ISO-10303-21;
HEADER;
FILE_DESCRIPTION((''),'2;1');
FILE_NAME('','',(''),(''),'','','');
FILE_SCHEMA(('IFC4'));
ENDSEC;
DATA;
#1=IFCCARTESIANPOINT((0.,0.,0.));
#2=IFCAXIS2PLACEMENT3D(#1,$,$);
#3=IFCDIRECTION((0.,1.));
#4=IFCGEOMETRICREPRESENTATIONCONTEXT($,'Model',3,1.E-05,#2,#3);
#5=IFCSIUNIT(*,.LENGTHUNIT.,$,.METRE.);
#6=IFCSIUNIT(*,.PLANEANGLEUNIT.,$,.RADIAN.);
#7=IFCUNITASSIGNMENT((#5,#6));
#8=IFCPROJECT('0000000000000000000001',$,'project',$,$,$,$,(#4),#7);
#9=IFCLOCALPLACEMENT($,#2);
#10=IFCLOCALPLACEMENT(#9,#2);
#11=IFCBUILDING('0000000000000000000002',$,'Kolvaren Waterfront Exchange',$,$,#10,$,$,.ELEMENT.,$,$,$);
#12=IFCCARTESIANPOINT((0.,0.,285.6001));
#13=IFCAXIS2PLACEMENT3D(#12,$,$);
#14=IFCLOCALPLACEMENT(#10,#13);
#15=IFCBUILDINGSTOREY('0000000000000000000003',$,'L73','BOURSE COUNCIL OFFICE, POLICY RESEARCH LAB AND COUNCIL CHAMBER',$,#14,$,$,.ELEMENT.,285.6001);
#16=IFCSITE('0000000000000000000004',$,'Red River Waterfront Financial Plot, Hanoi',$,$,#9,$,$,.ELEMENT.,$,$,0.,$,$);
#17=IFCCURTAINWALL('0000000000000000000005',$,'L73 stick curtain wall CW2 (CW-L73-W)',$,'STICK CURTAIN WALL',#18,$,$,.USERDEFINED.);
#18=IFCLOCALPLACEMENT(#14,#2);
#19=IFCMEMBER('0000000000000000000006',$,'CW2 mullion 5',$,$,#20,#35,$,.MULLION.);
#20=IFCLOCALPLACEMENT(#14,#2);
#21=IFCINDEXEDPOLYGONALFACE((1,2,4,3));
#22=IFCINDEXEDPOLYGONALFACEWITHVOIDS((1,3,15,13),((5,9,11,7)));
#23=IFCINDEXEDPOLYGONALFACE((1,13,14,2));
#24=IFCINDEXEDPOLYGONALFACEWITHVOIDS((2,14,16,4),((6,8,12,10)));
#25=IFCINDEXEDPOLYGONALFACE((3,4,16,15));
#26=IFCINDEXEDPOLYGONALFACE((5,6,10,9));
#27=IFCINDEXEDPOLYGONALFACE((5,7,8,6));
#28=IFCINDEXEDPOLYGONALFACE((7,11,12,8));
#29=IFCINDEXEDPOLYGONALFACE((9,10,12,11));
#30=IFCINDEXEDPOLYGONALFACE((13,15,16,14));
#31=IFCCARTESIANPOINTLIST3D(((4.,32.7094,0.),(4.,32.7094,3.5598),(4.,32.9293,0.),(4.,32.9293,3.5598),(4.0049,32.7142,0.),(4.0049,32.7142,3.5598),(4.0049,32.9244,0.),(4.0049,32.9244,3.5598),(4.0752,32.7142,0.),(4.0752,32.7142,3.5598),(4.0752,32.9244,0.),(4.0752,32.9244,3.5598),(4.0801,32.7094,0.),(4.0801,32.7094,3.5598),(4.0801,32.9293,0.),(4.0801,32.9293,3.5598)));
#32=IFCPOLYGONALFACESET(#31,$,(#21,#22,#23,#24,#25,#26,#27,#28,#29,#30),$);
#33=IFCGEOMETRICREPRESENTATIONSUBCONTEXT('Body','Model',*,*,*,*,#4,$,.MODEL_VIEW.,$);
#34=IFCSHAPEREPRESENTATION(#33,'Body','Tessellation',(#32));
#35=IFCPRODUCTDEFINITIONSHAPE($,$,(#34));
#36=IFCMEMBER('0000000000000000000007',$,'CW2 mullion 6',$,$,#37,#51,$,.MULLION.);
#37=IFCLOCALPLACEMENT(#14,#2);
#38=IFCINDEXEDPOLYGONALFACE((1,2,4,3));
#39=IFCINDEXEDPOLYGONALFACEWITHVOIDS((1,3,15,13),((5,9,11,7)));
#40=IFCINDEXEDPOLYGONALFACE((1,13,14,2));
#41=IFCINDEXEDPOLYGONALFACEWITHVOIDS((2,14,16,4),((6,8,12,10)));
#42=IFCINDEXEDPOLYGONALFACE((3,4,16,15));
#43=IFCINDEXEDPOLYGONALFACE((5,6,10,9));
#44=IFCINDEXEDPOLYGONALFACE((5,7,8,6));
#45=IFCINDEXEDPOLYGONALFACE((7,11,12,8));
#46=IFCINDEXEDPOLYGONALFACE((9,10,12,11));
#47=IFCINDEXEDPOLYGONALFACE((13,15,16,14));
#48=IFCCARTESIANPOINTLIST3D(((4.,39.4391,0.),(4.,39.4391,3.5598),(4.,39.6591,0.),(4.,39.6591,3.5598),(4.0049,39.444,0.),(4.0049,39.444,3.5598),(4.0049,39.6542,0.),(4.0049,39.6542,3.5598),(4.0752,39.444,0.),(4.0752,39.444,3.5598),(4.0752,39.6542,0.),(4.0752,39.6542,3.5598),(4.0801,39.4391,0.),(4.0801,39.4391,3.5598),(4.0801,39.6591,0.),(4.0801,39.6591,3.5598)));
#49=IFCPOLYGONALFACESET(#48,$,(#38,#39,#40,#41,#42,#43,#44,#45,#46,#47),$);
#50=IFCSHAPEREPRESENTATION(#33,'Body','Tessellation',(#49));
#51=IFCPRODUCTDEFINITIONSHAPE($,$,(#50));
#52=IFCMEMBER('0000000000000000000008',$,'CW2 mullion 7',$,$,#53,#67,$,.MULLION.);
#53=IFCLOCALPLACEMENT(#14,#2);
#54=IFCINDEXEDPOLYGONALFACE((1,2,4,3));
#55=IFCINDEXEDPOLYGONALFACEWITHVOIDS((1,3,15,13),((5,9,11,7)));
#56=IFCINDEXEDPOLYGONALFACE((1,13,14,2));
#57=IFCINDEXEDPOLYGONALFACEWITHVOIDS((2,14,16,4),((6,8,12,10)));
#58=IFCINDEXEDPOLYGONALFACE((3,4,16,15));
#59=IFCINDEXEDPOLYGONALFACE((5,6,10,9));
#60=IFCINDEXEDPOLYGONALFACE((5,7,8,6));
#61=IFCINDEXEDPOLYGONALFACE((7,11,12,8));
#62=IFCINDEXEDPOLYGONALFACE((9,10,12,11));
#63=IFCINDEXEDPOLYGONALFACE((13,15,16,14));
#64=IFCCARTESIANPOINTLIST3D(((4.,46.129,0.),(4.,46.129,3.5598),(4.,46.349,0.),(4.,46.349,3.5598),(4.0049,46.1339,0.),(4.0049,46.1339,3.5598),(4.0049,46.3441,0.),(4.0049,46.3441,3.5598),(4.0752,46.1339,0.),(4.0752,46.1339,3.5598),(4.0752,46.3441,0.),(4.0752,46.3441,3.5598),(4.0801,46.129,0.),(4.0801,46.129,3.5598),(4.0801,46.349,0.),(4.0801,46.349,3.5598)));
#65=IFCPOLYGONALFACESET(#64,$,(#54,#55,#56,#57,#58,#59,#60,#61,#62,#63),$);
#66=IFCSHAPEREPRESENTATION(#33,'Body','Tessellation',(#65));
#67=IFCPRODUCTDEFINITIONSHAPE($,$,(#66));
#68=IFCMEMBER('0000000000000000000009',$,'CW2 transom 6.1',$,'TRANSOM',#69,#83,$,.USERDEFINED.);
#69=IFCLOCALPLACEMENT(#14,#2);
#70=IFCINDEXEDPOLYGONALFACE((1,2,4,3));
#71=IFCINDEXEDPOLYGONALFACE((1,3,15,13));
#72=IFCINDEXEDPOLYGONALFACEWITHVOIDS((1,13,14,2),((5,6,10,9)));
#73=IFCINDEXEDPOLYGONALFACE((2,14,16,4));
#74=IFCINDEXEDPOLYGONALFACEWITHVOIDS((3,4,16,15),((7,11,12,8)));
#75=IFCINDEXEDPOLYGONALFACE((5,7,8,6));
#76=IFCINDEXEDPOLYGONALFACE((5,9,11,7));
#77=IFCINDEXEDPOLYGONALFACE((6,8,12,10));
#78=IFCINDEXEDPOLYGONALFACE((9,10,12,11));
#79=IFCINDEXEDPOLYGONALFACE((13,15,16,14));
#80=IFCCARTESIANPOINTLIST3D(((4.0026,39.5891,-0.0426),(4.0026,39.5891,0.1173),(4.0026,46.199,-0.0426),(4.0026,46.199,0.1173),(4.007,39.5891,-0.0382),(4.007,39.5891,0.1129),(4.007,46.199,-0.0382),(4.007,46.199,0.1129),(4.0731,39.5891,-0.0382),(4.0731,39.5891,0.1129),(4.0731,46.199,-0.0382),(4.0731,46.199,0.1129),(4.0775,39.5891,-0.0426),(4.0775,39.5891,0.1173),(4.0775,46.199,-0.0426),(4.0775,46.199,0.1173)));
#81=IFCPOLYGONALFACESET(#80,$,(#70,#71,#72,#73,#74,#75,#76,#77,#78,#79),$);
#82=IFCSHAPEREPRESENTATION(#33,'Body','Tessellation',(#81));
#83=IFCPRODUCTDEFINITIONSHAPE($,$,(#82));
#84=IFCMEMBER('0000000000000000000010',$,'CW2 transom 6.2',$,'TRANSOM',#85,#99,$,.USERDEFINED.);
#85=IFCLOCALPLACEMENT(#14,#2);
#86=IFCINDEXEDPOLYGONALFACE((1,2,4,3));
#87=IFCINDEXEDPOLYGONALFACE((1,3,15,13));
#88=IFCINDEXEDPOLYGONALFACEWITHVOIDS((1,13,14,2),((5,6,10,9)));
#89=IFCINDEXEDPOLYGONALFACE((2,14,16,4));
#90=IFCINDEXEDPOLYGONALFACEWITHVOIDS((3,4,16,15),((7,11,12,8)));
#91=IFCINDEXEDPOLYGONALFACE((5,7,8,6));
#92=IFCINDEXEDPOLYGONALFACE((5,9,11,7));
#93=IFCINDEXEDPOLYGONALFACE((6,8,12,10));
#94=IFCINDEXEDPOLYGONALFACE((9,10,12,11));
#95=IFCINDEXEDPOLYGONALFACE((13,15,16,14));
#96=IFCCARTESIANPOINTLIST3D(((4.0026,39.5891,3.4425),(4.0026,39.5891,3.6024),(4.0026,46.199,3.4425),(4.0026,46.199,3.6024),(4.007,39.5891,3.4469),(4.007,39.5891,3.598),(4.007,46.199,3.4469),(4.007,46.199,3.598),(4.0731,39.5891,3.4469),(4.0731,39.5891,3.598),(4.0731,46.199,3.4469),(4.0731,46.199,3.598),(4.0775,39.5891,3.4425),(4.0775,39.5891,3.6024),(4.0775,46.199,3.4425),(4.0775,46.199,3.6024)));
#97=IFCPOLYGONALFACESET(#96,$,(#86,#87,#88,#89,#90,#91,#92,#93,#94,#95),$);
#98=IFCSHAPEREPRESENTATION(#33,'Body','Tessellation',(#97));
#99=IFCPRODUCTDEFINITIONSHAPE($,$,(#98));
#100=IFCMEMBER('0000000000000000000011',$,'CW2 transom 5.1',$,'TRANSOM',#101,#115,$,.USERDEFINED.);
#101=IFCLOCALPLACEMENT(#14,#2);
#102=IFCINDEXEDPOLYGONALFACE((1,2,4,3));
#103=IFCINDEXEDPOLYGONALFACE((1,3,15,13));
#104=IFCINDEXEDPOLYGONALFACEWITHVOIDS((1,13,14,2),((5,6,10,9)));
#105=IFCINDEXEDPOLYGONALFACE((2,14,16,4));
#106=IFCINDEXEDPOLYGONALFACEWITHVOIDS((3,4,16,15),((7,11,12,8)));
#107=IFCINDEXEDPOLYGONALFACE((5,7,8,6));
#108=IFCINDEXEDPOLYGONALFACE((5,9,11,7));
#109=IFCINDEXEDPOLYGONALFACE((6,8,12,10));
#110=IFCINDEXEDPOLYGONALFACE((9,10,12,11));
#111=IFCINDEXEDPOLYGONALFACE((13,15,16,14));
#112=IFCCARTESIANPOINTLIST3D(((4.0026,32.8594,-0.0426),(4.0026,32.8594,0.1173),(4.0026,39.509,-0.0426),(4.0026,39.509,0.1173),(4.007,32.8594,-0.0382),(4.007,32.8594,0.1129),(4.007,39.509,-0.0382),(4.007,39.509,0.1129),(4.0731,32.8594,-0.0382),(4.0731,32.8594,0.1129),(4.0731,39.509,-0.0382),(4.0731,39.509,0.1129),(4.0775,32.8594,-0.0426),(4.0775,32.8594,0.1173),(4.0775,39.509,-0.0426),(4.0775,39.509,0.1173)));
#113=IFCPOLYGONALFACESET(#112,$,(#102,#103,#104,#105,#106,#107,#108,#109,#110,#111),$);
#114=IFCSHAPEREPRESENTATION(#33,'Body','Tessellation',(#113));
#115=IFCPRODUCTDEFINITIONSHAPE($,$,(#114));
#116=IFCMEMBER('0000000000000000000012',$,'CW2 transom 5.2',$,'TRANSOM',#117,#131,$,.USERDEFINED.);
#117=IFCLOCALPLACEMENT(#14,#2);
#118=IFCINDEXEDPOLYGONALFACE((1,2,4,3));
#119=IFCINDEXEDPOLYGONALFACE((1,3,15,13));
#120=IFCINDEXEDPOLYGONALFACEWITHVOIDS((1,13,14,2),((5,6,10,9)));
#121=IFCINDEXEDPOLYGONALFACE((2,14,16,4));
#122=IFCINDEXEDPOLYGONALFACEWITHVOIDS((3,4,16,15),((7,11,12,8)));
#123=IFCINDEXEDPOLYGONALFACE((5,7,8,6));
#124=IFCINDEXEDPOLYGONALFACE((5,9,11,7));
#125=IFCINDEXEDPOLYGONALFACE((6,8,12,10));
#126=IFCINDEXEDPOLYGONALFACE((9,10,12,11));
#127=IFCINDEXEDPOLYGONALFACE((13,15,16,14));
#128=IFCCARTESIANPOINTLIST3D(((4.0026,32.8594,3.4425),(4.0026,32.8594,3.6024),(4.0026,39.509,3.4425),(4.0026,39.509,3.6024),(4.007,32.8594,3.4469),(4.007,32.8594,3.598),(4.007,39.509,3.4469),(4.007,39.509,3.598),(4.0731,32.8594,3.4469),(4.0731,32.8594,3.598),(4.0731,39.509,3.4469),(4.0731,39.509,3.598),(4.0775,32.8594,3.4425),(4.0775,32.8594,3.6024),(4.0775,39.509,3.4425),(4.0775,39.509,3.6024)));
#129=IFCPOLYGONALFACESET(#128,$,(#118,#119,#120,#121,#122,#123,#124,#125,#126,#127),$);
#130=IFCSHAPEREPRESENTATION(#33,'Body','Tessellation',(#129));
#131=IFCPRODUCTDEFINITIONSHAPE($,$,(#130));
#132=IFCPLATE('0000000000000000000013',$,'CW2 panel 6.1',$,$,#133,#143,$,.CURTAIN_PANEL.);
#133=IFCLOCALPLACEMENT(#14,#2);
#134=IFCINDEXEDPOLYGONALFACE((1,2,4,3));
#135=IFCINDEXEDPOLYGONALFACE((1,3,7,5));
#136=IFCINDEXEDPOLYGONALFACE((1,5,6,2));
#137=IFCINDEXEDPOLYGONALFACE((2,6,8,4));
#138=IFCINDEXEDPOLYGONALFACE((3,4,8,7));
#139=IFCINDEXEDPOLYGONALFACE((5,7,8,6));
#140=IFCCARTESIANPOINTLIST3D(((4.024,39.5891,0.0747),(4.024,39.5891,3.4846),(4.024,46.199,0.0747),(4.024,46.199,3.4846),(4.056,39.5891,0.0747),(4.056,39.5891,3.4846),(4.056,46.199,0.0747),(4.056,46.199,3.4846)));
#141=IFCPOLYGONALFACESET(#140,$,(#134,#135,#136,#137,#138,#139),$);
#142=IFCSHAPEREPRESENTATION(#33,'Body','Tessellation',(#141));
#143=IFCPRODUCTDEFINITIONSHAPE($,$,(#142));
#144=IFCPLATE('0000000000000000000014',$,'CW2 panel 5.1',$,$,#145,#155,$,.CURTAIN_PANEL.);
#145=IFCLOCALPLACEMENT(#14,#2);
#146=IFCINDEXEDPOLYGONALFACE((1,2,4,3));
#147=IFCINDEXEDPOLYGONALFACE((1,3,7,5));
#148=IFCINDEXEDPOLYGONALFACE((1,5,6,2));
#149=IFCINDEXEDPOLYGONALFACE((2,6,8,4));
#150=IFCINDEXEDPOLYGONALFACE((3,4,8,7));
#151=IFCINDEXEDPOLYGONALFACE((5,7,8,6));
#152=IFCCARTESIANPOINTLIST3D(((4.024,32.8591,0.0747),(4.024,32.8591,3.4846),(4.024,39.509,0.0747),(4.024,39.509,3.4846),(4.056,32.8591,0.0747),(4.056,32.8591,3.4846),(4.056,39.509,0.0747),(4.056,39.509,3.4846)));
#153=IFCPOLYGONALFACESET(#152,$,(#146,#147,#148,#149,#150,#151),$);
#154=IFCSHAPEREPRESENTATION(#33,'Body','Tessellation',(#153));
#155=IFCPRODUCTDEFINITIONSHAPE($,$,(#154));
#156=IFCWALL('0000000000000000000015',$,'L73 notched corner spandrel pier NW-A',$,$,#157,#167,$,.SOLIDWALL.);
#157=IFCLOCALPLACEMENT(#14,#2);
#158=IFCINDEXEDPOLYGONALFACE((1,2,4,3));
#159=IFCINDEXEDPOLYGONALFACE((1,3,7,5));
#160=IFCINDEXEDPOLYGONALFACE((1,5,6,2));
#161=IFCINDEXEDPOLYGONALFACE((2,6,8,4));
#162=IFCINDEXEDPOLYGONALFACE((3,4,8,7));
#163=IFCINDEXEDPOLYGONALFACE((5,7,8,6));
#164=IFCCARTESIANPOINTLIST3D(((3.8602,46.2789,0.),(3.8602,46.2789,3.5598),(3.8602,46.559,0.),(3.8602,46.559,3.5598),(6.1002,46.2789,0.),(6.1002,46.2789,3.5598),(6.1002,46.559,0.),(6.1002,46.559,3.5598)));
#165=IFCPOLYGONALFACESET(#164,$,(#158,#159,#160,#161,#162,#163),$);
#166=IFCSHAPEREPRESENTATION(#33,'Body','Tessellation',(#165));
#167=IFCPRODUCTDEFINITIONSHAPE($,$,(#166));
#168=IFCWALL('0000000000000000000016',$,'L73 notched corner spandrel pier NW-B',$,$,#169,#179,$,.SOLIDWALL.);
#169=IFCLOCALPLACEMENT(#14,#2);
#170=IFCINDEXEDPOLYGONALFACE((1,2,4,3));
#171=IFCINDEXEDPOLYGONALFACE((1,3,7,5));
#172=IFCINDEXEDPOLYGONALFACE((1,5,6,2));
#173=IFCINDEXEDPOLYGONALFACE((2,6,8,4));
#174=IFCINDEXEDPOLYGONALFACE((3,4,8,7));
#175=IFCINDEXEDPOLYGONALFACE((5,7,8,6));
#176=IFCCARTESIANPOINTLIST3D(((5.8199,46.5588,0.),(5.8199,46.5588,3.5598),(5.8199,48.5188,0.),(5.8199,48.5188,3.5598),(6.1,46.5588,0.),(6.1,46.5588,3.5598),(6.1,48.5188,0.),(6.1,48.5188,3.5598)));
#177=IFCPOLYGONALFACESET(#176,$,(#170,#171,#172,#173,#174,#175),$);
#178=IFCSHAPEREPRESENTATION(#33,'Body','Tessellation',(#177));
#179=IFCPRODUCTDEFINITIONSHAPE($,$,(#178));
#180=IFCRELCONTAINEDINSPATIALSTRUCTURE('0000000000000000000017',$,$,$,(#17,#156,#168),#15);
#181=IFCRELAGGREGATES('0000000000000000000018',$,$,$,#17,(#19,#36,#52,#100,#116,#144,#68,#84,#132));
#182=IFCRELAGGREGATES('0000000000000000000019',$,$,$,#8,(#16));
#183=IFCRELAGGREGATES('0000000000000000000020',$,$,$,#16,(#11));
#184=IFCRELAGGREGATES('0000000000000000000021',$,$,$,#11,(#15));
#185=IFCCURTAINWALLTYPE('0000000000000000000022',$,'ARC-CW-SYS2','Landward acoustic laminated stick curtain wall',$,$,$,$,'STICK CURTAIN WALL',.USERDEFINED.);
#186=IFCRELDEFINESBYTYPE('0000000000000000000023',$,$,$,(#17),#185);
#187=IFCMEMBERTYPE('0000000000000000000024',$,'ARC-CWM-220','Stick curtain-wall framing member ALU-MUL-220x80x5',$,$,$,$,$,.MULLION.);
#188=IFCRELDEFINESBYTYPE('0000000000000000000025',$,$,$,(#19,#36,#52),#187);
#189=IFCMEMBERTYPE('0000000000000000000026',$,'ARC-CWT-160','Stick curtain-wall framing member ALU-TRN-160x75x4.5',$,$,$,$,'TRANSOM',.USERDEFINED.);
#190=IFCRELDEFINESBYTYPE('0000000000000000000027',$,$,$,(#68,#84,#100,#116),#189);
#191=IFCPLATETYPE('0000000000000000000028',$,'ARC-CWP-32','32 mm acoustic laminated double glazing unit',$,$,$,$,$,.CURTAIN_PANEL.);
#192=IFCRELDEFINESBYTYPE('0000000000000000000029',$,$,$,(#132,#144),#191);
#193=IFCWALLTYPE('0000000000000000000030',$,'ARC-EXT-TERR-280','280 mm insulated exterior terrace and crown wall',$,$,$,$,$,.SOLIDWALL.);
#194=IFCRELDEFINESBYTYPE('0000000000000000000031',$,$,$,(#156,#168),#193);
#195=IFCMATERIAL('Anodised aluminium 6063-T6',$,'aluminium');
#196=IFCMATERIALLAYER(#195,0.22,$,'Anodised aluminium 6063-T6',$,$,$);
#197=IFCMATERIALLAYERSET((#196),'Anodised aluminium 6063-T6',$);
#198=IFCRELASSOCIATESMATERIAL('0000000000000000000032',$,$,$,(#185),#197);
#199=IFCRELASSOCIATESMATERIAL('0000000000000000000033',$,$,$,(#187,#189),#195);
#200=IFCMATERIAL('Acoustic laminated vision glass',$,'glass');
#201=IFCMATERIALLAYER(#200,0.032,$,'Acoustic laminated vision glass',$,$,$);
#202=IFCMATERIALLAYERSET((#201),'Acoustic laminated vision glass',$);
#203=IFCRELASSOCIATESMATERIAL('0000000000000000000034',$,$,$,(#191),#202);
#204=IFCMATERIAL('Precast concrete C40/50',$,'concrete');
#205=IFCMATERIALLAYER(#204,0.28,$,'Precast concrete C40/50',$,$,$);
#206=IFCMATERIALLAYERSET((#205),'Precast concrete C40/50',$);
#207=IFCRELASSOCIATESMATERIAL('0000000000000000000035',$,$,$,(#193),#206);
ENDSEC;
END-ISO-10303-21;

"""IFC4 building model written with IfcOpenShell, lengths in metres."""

from ifc_helpers import new_model, si_unit, direction, frame, frame_2d, origin, origin_with_axes, origin_2d, place, context, subcontext, project, spatial, rectangle, hollow_rectangle, extrude, source, transform, mapped, material, layer, layer_set, material_profile, profile_set, type_object, element, aggregate, save


model = new_model("IFC4")

# Units and contexts
model_context = context("Model", 3, precision=1e-05, world=origin(), true_north=direction((0.0, 1.0)))
body_context = subcontext(model_context, "Body", "Model", "MODEL_VIEW")
ifc_project = project(units=[si_unit("LENGTHUNIT", "METRE"), si_unit("PLANEANGLEUNIT", "RADIAN")], contexts=[model_context])

# Site, building, storey
site_placement = place(None, origin())
site = spatial("IfcSite", under=ifc_project, at=site_placement, Name="Red River Waterfront Financial Plot, Hanoi", CompositionType="ELEMENT", RefElevation=0.0)
building_placement = place(site_placement, origin())
building = spatial("IfcBuilding", under=site, at=building_placement, Name="Kolvaren Waterfront Exchange", CompositionType="ELEMENT")
storey_placement = place(building_placement, frame((0.0, 0.0, 285.6001)))
storey = spatial("IfcBuildingStorey", under=building, at=storey_placement, Name="L73", Description="BOURSE COUNCIL OFFICE, POLICY RESEARCH LAB AND COUNCIL CHAMBER", CompositionType="ELEMENT", Elevation=285.6001)

# Curtain wall, members, plates
ifc_material_1 = material(Name="Anodised aluminium 6063-T6", Category="aluminium")
ifc_layer_1 = layer(ifc_material_1, 0.22, Name="Anodised aluminium 6063-T6")
ifc_layer_set_1 = layer_set([ifc_layer_1], Name="Anodised aluminium 6063-T6")
curtain_wall_type = type_object("IfcCurtainWallType", Name="ARC-CW-SYS2", Description="Landward acoustic laminated stick curtain wall", ElementType="STICK CURTAIN WALL", PredefinedType="USERDEFINED", material=ifc_layer_set_1)
curtain_wall_placement = place(storey_placement, origin())
curtain_wall = element("IfcCurtainWall", 1, at=curtain_wall_placement, inside=storey, type_object=curtain_wall_type, Name="L73 stick curtain wall CW2 (CW-L73-W)", ObjectType="STICK CURTAIN WALL", PredefinedType="USERDEFINED")
ifc_material_profile_1 = material_profile(ifc_material_1, hollow_rectangle(XDim=0.0801, YDim=0.22, WallThickness=0.0049, at=origin_2d()), Name="ALU-MUL-220x80x5")
ifc_profile_set_1 = profile_set([ifc_material_profile_1], Name="Anodised aluminium 6063-T6")
member_type_1 = type_object("IfcMemberType", Name="ARC-CWM-220", Description="Stick curtain-wall framing member ALU-MUL-220x80x5", PredefinedType="MULLION", material=ifc_profile_set_1)
shared_shape_1 = source(origin_with_axes(), body_context, "Body", "SweptSolid", [
    extrude(hollow_rectangle(XDim=0.0801, YDim=0.22, WallThickness=0.0049, at=origin_2d()), origin(), (0.0, 0.0, 1.0), 3.5598),
])
member_1_placement = place(storey_placement, frame((4.04, 32.8193, 0.0), z_axis=(0.0, 0.0, 1.0), x_axis=(-1.0, 0.0, 0.0)))
member_1 = element("IfcMember", 2, at=member_1_placement, type_object=member_type_1, Name="CW2 mullion 5", PredefinedType="MULLION", context=body_context, shape_type="MappedRepresentation", body=[
    mapped(shared_shape_1, transform((0.0, 0.0, 0.0), x_axis=(1.0, 0.0, 0.0), y_axis=(0.0, 1.0, 0.0), z_axis=(0.0, 0.0, 1.0), scale=1.0)),
])
member_2_placement = place(storey_placement, frame((4.04, 39.5491, 0.0), z_axis=(0.0, 0.0, 1.0), x_axis=(-1.0, 0.0, 0.0)))
member_2 = element("IfcMember", 3, at=member_2_placement, type_object=member_type_1, Name="CW2 mullion 6", PredefinedType="MULLION", context=body_context, shape_type="MappedRepresentation", body=[
    mapped(shared_shape_1, transform((0.0, 0.0, 0.0), x_axis=(1.0, 0.0, 0.0), y_axis=(0.0, 1.0, 0.0), z_axis=(0.0, 0.0, 1.0), scale=1.0)),
])
member_3_placement = place(storey_placement, frame((4.04, 46.239, 0.0), z_axis=(0.0, 0.0, 1.0), x_axis=(-1.0, 0.0, 0.0)))
member_3 = element("IfcMember", 4, at=member_3_placement, type_object=member_type_1, Name="CW2 mullion 7", PredefinedType="MULLION", context=body_context, shape_type="MappedRepresentation", body=[
    mapped(shared_shape_1, transform((0.0, 0.0, 0.0), x_axis=(1.0, 0.0, 0.0), y_axis=(0.0, 1.0, 0.0), z_axis=(0.0, 0.0, 1.0), scale=1.0)),
])
ifc_material_profile_2 = material_profile(ifc_material_1, hollow_rectangle(XDim=0.075, YDim=0.1599, WallThickness=0.0044, at=origin_2d()), Name="ALU-TRN-160x75x4.5")
ifc_profile_set_2 = profile_set([ifc_material_profile_2], Name="Anodised aluminium 6063-T6")
member_type_2 = type_object("IfcMemberType", Name="ARC-CWT-160", Description="Stick curtain-wall framing member ALU-TRN-160x75x4.5", ElementType="TRANSOM", PredefinedType="USERDEFINED", material=ifc_profile_set_2)
shared_shape_2 = source(origin_with_axes(), body_context, "Body", "SweptSolid", [
    extrude(hollow_rectangle(XDim=0.075, YDim=0.1599, WallThickness=0.0044, at=origin_2d()), origin(), (0.0, 0.0, 1.0), 6.6099),
])
member_4_placement = place(storey_placement, frame((4.04, 39.5891, 0.0374), z_axis=(0.0, 1.0, 0.0), x_axis=(-1.0, 0.0, 0.0)))
member_4 = element("IfcMember", 5, at=member_4_placement, type_object=member_type_2, Name="CW2 transom 6.1", ObjectType="TRANSOM", PredefinedType="USERDEFINED", context=body_context, shape_type="MappedRepresentation", body=[
    mapped(shared_shape_2, transform((0.0, 0.0, 0.0), x_axis=(1.0, 0.0, 0.0), y_axis=(0.0, 1.0, 0.0), z_axis=(0.0, 0.0, 1.0), scale=1.0)),
])
member_5_placement = place(storey_placement, frame((4.04, 39.5891, 3.5225), z_axis=(0.0, 1.0, 0.0), x_axis=(-1.0, 0.0, 0.0)))
member_5 = element("IfcMember", 6, at=member_5_placement, type_object=member_type_2, Name="CW2 transom 6.2", ObjectType="TRANSOM", PredefinedType="USERDEFINED", context=body_context, shape_type="MappedRepresentation", body=[
    mapped(shared_shape_2, transform((0.0, 0.0, 0.0), x_axis=(1.0, 0.0, 0.0), y_axis=(0.0, 1.0, 0.0), z_axis=(0.0, 0.0, 1.0), scale=1.0)),
])
shared_shape_3 = source(origin_with_axes(), body_context, "Body", "SweptSolid", [
    extrude(hollow_rectangle(XDim=0.075, YDim=0.1599, WallThickness=0.0044, at=origin_2d()), origin(), (0.0, 0.0, 1.0), 6.6497),
])
member_6_placement = place(storey_placement, frame((4.04, 32.8594, 0.0374), z_axis=(0.0, 1.0, 0.0), x_axis=(-1.0, 0.0, 0.0)))
member_6 = element("IfcMember", 7, at=member_6_placement, type_object=member_type_2, Name="CW2 transom 5.1", ObjectType="TRANSOM", PredefinedType="USERDEFINED", context=body_context, shape_type="MappedRepresentation", body=[
    mapped(shared_shape_3, transform((0.0, 0.0, 0.0), x_axis=(1.0, 0.0, 0.0), y_axis=(0.0, 1.0, 0.0), z_axis=(0.0, 0.0, 1.0), scale=1.0)),
])
member_7_placement = place(storey_placement, frame((4.04, 32.8594, 3.5225), z_axis=(0.0, 1.0, 0.0), x_axis=(-1.0, 0.0, 0.0)))
member_7 = element("IfcMember", 8, at=member_7_placement, type_object=member_type_2, Name="CW2 transom 5.2", ObjectType="TRANSOM", PredefinedType="USERDEFINED", context=body_context, shape_type="MappedRepresentation", body=[
    mapped(shared_shape_3, transform((0.0, 0.0, 0.0), x_axis=(1.0, 0.0, 0.0), y_axis=(0.0, 1.0, 0.0), z_axis=(0.0, 0.0, 1.0), scale=1.0)),
])
ifc_material_2 = material(Name="Acoustic laminated vision glass", Category="glass")
ifc_layer_2 = layer(ifc_material_2, 0.032, Name="Acoustic laminated vision glass")
ifc_layer_set_2 = layer_set([ifc_layer_2], Name="Acoustic laminated vision glass")
plate_type = type_object("IfcPlateType", Name="ARC-CWP-32", Description="32 mm acoustic laminated double glazing unit", PredefinedType="CURTAIN_PANEL", material=ifc_layer_set_2)
shared_shape_4 = source(origin_with_axes(), body_context, "Body", "SweptSolid", [
    extrude(rectangle(XDim=6.6099, YDim=0.032, at=origin_2d()), origin(), (0.0, 0.0, 1.0), 3.4099),
])
plate_1_placement = place(storey_placement, frame((4.04, 42.894, 0.0747), z_axis=(0.0, 0.0, 1.0), x_axis=(0.0, 1.0, 0.0)))
plate_1 = element("IfcPlate", 9, at=plate_1_placement, type_object=plate_type, Name="CW2 panel 6.1", PredefinedType="CURTAIN_PANEL", context=body_context, shape_type="MappedRepresentation", body=[
    mapped(shared_shape_4, transform((0.0, 0.0, 0.0), x_axis=(1.0, 0.0, 0.0), y_axis=(0.0, 1.0, 0.0), z_axis=(0.0, 0.0, 1.0), scale=1.0)),
])
shared_shape_5 = source(origin_with_axes(), body_context, "Body", "SweptSolid", [
    extrude(rectangle(XDim=6.6499, YDim=0.032, at=origin_2d()), origin(), (0.0, 0.0, 1.0), 3.4099),
])
plate_2_placement = place(storey_placement, frame((4.04, 36.1841, 0.0747), z_axis=(0.0, 0.0, 1.0), x_axis=(0.0, 1.0, 0.0)))
plate_2 = element("IfcPlate", 10, at=plate_2_placement, type_object=plate_type, Name="CW2 panel 5.1", PredefinedType="CURTAIN_PANEL", context=body_context, shape_type="MappedRepresentation", body=[
    mapped(shared_shape_5, transform((0.0, 0.0, 0.0), x_axis=(1.0, 0.0, 0.0), y_axis=(0.0, 1.0, 0.0), z_axis=(0.0, 0.0, 1.0), scale=1.0)),
])
aggregate(curtain_wall, [member_1, member_2, member_3, member_6, member_7, plate_2, member_4, member_5, plate_1])

# Walls
ifc_material_3 = material(Name="Precast concrete C40/50", Category="concrete")
ifc_layer_3 = layer(ifc_material_3, 0.28, Name="Precast concrete C40/50")
ifc_layer_set_3 = layer_set([ifc_layer_3], Name="Precast concrete C40/50")
wall_type_1 = type_object("IfcWallType", Name="ARC-EXT-TERR-280", Description="280 mm insulated exterior terrace and crown wall", PredefinedType="SOLIDWALL", material=ifc_layer_set_3)
wall_1_placement = place(storey_placement, frame((3.8601, 46.4189, 0.0), z_axis=(0.0, 0.0, 1.0), x_axis=(1.0, 0.0, 0.0)))
element("IfcWall", 11, at=wall_1_placement, inside=storey, type_object=wall_type_1, Name="L73 notched corner spandrel pier NW-A", PredefinedType="SOLIDWALL", context=body_context, shape_type="SweptSolid", body=[
    extrude(rectangle(XDim=2.24, YDim=0.28, at=frame_2d((1.1201, 0.0))), origin(), (0.0, 0.0, 1.0), 3.5598),
])
wall_2_placement = place(storey_placement, frame((5.96, 46.5588, 0.0), z_axis=(0.0, 0.0, 1.0), x_axis=(0.0, 1.0, 0.0)))
element("IfcWall", 12, at=wall_2_placement, inside=storey, type_object=wall_type_1, Name="L73 notched corner spandrel pier NW-B", PredefinedType="SOLIDWALL", context=body_context, shape_type="SweptSolid", body=[
    extrude(rectangle(XDim=1.96, YDim=0.28, at=frame_2d((0.98, 0.0))), origin(), (0.0, 0.0, 1.0), 3.5598),
])

save(model, "model.ifc")
